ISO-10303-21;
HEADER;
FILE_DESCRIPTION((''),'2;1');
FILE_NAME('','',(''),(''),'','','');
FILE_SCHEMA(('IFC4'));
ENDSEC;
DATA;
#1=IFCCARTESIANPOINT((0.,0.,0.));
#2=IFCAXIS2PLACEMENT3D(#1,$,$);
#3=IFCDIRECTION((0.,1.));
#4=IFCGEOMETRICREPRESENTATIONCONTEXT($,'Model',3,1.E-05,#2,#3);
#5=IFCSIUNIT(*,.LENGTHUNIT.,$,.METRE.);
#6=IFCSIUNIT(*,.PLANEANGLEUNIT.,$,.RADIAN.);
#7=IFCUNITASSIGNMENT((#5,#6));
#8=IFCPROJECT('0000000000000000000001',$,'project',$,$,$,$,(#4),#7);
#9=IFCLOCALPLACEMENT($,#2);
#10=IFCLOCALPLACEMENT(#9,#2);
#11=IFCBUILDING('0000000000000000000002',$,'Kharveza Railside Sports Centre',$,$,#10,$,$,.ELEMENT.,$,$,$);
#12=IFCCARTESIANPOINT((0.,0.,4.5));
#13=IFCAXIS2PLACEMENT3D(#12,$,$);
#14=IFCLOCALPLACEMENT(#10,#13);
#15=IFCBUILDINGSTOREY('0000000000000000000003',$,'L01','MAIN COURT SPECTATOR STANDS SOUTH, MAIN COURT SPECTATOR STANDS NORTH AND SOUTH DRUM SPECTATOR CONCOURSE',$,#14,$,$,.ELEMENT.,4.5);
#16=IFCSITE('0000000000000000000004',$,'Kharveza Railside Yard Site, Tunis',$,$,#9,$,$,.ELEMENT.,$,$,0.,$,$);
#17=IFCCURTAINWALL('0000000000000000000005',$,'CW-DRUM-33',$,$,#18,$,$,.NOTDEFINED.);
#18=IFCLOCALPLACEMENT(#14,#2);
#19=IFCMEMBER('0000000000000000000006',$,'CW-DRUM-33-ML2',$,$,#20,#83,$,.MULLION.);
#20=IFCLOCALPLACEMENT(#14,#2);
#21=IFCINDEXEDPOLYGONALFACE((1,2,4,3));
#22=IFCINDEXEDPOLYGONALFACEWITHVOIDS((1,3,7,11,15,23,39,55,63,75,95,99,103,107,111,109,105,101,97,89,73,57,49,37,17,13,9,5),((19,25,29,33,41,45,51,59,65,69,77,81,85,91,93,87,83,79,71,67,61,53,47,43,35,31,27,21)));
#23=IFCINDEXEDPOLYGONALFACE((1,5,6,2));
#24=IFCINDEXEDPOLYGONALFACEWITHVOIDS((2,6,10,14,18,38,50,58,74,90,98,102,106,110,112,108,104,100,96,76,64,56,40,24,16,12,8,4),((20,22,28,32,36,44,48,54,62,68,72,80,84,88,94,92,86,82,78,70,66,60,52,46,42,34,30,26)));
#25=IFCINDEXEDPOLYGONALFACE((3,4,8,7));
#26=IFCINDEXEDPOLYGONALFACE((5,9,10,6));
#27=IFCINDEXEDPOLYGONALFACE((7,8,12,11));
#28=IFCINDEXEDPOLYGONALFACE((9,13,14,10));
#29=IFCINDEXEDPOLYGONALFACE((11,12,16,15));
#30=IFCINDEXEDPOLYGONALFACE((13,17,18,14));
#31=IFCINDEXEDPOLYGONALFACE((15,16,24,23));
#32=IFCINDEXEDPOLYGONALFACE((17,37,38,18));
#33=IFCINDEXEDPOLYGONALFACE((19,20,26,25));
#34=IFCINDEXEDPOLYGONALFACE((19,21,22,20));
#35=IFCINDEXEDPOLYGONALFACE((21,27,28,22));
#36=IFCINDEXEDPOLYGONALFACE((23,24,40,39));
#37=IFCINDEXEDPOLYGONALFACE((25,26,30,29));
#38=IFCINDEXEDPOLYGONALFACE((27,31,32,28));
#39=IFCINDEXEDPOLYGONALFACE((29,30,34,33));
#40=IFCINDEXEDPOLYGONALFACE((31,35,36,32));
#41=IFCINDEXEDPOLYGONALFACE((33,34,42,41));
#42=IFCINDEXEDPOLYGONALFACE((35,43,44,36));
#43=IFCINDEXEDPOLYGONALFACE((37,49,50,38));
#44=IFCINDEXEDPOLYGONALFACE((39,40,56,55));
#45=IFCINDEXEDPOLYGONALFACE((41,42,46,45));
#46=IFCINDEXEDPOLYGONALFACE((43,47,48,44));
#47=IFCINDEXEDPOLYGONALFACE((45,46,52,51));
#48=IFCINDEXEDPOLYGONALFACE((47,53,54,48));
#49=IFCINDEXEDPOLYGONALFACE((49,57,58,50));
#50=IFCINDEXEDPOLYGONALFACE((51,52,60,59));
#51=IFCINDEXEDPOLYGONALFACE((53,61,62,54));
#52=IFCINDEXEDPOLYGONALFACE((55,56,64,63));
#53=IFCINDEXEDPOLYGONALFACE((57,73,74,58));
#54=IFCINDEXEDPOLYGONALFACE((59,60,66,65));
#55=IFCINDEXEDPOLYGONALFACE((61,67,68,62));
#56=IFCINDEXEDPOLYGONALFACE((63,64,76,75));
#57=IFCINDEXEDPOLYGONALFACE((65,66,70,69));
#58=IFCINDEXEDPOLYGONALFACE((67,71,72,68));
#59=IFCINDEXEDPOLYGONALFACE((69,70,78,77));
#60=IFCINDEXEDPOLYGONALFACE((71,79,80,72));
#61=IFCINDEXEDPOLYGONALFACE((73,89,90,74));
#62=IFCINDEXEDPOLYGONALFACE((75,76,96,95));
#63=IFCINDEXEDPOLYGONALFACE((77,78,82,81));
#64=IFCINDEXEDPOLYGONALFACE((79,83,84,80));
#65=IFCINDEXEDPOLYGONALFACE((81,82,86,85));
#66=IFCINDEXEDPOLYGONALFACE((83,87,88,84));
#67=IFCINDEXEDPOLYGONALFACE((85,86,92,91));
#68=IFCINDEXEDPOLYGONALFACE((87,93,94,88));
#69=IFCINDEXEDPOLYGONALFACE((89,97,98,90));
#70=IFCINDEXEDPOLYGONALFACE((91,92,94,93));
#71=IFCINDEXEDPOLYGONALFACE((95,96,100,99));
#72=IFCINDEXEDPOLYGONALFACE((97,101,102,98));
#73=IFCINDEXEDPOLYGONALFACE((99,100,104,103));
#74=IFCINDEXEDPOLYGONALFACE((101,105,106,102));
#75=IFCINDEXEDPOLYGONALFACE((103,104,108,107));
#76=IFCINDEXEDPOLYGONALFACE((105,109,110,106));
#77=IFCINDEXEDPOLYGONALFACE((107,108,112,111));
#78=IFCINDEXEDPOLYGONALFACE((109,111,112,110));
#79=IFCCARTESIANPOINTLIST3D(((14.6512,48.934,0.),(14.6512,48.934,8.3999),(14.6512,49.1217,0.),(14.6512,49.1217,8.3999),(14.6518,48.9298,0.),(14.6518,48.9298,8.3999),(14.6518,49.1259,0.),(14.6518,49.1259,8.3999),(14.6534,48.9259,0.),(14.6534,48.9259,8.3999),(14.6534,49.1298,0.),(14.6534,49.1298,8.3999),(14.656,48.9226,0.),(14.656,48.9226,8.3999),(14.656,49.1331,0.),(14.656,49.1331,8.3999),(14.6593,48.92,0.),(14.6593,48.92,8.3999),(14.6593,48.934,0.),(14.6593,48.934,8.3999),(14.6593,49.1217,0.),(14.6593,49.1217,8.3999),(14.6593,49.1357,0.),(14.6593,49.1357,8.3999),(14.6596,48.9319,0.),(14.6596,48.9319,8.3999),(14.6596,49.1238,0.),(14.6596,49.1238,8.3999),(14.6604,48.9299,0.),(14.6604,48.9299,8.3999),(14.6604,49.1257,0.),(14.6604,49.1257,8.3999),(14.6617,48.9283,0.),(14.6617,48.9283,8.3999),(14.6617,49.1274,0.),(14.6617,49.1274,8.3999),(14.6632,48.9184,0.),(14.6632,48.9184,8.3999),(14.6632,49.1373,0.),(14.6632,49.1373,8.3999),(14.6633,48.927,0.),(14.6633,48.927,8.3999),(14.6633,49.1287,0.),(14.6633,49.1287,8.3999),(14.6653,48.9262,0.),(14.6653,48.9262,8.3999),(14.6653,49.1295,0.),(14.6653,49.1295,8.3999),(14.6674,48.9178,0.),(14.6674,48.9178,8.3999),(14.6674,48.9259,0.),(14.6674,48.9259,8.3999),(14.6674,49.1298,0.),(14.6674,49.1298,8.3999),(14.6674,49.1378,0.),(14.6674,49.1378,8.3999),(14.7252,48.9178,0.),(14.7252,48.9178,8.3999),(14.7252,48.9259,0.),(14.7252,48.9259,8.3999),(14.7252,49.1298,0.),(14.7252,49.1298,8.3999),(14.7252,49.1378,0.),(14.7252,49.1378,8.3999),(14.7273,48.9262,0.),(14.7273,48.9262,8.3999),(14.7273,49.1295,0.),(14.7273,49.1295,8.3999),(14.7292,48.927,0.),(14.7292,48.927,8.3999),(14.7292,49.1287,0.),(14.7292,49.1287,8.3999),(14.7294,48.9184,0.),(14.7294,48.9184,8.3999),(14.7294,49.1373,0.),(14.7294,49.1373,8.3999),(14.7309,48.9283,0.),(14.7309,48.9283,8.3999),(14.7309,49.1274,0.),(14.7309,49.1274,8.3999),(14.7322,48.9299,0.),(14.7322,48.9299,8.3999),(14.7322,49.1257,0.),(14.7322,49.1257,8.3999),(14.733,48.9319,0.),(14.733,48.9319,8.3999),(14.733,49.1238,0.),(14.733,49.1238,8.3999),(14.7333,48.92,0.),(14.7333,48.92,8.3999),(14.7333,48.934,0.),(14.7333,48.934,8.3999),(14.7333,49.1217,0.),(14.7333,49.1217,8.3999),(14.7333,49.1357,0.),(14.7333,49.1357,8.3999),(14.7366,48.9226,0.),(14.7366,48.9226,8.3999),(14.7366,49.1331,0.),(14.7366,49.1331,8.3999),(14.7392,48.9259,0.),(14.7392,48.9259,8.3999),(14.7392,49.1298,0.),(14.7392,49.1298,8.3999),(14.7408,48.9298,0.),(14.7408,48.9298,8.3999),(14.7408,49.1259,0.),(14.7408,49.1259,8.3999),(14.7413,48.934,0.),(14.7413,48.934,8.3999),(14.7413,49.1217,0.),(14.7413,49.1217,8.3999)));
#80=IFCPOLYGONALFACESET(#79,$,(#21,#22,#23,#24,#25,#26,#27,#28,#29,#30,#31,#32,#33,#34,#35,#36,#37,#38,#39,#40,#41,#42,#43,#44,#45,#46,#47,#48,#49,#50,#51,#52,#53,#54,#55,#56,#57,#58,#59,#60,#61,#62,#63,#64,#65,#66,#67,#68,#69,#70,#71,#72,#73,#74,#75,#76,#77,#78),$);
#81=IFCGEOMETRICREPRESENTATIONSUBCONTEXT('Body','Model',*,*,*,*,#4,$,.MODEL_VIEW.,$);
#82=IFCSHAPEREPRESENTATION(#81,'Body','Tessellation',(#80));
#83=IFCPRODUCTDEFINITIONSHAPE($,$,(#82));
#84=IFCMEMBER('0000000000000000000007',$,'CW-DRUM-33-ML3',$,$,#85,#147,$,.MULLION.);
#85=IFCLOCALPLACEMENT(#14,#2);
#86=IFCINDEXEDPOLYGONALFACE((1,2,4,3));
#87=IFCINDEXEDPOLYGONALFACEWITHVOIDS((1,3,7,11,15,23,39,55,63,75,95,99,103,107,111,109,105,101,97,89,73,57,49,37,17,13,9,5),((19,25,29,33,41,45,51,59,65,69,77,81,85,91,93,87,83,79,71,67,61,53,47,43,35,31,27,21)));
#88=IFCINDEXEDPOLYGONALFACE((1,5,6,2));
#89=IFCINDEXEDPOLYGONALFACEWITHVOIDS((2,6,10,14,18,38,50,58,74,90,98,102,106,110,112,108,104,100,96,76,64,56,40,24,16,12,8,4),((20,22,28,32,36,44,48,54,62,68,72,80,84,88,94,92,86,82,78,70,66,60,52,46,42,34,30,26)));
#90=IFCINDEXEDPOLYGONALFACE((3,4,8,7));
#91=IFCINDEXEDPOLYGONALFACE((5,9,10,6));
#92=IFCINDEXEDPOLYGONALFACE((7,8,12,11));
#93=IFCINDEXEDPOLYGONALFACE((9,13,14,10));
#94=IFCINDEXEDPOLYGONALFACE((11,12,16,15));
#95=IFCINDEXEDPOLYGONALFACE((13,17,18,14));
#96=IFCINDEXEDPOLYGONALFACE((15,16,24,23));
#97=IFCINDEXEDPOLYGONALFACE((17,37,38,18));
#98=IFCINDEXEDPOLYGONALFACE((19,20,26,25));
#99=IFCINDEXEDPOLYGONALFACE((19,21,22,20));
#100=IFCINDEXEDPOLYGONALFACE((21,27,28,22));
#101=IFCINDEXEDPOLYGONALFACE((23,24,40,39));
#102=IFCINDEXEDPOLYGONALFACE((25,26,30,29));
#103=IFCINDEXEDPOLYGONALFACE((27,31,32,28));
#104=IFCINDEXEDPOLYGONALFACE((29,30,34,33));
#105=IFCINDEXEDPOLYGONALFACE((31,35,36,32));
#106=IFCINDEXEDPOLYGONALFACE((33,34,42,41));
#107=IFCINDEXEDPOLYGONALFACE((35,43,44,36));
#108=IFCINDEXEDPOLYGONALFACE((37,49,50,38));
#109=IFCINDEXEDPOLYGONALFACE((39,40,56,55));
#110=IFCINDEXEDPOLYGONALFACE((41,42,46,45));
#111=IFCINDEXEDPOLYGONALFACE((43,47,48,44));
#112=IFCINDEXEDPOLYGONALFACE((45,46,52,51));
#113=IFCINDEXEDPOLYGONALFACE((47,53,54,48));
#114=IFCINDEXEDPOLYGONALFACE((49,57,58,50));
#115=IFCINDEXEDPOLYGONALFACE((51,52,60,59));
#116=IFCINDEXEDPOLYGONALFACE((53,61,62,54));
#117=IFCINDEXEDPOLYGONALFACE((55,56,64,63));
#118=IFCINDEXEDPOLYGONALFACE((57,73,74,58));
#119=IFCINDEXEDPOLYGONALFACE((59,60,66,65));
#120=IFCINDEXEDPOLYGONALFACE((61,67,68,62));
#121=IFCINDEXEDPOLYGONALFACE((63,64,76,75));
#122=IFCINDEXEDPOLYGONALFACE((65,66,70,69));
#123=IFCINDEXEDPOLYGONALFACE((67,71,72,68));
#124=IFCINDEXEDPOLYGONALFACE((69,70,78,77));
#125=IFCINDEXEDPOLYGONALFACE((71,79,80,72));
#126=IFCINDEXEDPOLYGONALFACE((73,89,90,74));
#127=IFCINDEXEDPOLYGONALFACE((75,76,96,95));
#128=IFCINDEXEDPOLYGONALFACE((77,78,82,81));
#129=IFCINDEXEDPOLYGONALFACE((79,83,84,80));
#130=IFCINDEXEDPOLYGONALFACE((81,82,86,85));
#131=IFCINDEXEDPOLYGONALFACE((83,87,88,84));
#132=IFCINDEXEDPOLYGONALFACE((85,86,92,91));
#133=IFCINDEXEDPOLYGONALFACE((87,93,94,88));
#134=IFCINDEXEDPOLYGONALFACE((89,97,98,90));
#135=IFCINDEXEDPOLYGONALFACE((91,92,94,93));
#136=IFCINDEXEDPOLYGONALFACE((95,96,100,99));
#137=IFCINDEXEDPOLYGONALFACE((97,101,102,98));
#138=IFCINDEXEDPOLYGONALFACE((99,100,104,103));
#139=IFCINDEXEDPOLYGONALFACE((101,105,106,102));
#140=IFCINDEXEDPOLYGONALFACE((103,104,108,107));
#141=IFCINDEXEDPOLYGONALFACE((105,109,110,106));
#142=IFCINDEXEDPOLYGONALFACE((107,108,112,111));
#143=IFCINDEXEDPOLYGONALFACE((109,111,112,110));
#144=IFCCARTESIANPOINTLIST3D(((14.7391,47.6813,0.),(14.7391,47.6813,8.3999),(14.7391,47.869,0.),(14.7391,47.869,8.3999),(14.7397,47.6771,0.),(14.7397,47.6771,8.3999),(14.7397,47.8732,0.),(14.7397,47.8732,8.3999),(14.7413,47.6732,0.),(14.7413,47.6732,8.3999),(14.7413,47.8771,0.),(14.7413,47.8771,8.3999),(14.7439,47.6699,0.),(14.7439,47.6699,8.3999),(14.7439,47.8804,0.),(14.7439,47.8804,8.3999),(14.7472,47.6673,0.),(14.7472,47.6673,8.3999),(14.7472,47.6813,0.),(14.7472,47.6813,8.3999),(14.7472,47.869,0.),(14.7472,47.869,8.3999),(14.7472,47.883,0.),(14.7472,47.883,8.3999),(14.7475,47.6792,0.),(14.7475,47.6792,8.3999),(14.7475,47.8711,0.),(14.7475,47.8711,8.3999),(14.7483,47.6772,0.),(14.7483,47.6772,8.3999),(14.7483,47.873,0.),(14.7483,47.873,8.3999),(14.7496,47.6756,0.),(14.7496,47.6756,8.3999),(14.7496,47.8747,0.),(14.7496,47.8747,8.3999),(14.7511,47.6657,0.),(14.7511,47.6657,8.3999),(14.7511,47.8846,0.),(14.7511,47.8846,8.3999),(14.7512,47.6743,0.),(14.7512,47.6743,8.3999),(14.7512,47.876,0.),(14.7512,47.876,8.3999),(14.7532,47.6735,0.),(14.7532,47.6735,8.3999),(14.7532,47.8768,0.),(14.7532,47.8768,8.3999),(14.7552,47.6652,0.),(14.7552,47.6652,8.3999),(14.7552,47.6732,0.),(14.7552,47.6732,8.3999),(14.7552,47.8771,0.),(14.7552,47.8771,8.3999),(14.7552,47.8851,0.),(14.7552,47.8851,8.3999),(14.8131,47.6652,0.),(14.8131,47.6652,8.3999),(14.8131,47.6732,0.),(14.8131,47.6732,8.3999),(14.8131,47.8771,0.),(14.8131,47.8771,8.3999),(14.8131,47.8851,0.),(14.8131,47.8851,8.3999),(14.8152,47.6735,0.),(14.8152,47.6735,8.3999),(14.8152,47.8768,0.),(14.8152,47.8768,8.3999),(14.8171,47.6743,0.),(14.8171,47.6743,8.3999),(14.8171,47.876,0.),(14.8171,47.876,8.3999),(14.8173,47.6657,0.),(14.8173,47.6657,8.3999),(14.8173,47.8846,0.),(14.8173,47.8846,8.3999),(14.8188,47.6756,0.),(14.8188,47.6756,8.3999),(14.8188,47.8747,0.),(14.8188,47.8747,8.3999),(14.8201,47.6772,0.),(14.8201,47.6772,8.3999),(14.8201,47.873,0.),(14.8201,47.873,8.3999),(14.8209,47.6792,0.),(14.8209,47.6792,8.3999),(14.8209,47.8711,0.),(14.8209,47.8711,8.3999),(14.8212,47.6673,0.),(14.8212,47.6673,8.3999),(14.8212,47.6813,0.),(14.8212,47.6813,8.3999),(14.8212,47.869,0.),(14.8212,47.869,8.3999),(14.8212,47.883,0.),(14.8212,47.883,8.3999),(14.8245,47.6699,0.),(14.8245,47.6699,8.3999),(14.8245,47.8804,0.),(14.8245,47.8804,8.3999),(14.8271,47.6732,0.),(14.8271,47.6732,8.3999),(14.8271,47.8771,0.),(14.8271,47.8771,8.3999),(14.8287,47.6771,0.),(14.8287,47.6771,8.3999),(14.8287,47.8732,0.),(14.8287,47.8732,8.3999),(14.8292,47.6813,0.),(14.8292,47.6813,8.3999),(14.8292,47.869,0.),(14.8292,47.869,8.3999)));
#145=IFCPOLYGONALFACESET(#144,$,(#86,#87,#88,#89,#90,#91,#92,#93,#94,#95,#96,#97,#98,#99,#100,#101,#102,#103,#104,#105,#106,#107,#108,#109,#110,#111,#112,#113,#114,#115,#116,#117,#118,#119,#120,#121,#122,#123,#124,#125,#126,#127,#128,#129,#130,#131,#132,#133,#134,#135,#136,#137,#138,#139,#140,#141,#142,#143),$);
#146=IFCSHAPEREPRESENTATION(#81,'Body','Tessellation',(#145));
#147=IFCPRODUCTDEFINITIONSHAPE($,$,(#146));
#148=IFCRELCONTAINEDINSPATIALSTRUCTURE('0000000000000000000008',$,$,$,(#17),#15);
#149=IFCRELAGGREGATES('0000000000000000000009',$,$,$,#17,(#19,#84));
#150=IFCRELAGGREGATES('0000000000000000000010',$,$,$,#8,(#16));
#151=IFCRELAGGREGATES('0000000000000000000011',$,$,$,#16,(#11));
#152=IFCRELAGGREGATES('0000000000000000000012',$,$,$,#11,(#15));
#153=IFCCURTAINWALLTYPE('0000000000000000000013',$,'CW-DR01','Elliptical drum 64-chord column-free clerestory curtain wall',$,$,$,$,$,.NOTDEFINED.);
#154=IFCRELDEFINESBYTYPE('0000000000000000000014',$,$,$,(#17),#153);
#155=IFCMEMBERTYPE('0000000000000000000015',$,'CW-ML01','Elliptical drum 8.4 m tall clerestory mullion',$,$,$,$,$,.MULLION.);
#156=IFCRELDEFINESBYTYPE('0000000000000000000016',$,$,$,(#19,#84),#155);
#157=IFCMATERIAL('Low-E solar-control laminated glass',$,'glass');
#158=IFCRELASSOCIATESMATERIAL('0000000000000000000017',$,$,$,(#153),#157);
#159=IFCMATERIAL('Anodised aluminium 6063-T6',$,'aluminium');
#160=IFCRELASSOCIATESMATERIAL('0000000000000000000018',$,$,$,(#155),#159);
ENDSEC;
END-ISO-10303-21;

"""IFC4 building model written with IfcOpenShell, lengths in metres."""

from ifc_helpers import new_model, si_unit, direction, frame, origin, origin_2d, place, context, subcontext, project, spatial, hollow_rectangle, extrude, material, material_profile, profile_set, type_object, element, aggregate, save


model = new_model("IFC4")

# Units and contexts
model_context = context("Model", 3, precision=1e-05, world=origin(), true_north=direction((0.0, 1.0)))
body_context = subcontext(model_context, "Body", "Model", "MODEL_VIEW")
ifc_project = project(units=[si_unit("LENGTHUNIT", "METRE"), si_unit("PLANEANGLEUNIT", "RADIAN")], contexts=[model_context])

# Site, building, storey
site_placement = place(None, origin())
site = spatial("IfcSite", under=ifc_project, at=site_placement, Name="Kharveza Railside Yard Site, Tunis", CompositionType="ELEMENT", RefElevation=0.0)
building_placement = place(site_placement, origin())
building = spatial("IfcBuilding", under=site, at=building_placement, Name="Kharveza Railside Sports Centre", CompositionType="ELEMENT")
storey_placement = place(building_placement, frame((0.0, 0.0, 4.5)))
storey = spatial("IfcBuildingStorey", under=building, at=storey_placement, Name="L01", Description="MAIN COURT SPECTATOR STANDS SOUTH, MAIN COURT SPECTATOR STANDS NORTH AND SOUTH DRUM SPECTATOR CONCOURSE", CompositionType="ELEMENT", Elevation=4.5)

# Curtain wall, members
ifc_material_1 = material(Name="Low-E solar-control laminated glass", Category="glass")
curtain_wall_type = type_object("IfcCurtainWallType", Name="CW-DR01", Description="Elliptical drum 64-chord column-free clerestory curtain wall", PredefinedType="NOTDEFINED", material=ifc_material_1)
curtain_wall_1_placement = place(storey_placement, origin())
curtain_wall_1 = element("IfcCurtainWall", 1, at=curtain_wall_1_placement, inside=storey, type_object=curtain_wall_type, Name="CW-DRUM-33", PredefinedType="NOTDEFINED")
ifc_material_2 = material(Name="Anodised aluminium 6063-T6", Category="aluminium")
ifc_material_profile_1 = material_profile(ifc_material_2, hollow_rectangle(XDim=0.0901, YDim=0.22, WallThickness=0.0081, InnerFilletRadius=0.0081, OuterFilletRadius=0.0161, at=origin_2d()), Name="RHS 90x220x8.0")
ifc_profile_set_1 = profile_set([ifc_material_profile_1], Name="Anodised aluminium 6063-T6")
member_type_1 = type_object("IfcMemberType", Name="CW-ML01", Description="Elliptical drum 8.4 m tall clerestory mullion", PredefinedType="MULLION", material=ifc_profile_set_1)
member_1_placement = place(storey_placement, frame((14.6963, 49.0278, 0.0), z_axis=(0.0, 0.0, 1.0), x_axis=(1.0, 0.0, 0.0)))
member_1 = element("IfcMember", 2, at=member_1_placement, type_object=member_type_1, Name="CW-DRUM-33-ML2", PredefinedType="MULLION", context=body_context, shape_type="SweptSolid", body=[
    extrude(hollow_rectangle(XDim=0.0901, YDim=0.22, WallThickness=0.0081, InnerFilletRadius=0.0081, OuterFilletRadius=0.0161, at=origin_2d()), origin(), (0.0, 0.0, 1.0), 8.3999),
])
member_2_placement = place(storey_placement, frame((14.7842, 47.7751, 0.0), z_axis=(0.0, 0.0, 1.0), x_axis=(1.0, 0.0, 0.0)))
member_2 = element("IfcMember", 3, at=member_2_placement, type_object=member_type_1, Name="CW-DRUM-33-ML3", PredefinedType="MULLION", context=body_context, shape_type="SweptSolid", body=[
    extrude(hollow_rectangle(XDim=0.0901, YDim=0.22, WallThickness=0.0081, InnerFilletRadius=0.0081, OuterFilletRadius=0.0161, at=origin_2d()), origin(), (0.0, 0.0, 1.0), 8.3999),
])

aggregate(curtain_wall_1, [member_1, member_2])

save(model, "model.ifc")
